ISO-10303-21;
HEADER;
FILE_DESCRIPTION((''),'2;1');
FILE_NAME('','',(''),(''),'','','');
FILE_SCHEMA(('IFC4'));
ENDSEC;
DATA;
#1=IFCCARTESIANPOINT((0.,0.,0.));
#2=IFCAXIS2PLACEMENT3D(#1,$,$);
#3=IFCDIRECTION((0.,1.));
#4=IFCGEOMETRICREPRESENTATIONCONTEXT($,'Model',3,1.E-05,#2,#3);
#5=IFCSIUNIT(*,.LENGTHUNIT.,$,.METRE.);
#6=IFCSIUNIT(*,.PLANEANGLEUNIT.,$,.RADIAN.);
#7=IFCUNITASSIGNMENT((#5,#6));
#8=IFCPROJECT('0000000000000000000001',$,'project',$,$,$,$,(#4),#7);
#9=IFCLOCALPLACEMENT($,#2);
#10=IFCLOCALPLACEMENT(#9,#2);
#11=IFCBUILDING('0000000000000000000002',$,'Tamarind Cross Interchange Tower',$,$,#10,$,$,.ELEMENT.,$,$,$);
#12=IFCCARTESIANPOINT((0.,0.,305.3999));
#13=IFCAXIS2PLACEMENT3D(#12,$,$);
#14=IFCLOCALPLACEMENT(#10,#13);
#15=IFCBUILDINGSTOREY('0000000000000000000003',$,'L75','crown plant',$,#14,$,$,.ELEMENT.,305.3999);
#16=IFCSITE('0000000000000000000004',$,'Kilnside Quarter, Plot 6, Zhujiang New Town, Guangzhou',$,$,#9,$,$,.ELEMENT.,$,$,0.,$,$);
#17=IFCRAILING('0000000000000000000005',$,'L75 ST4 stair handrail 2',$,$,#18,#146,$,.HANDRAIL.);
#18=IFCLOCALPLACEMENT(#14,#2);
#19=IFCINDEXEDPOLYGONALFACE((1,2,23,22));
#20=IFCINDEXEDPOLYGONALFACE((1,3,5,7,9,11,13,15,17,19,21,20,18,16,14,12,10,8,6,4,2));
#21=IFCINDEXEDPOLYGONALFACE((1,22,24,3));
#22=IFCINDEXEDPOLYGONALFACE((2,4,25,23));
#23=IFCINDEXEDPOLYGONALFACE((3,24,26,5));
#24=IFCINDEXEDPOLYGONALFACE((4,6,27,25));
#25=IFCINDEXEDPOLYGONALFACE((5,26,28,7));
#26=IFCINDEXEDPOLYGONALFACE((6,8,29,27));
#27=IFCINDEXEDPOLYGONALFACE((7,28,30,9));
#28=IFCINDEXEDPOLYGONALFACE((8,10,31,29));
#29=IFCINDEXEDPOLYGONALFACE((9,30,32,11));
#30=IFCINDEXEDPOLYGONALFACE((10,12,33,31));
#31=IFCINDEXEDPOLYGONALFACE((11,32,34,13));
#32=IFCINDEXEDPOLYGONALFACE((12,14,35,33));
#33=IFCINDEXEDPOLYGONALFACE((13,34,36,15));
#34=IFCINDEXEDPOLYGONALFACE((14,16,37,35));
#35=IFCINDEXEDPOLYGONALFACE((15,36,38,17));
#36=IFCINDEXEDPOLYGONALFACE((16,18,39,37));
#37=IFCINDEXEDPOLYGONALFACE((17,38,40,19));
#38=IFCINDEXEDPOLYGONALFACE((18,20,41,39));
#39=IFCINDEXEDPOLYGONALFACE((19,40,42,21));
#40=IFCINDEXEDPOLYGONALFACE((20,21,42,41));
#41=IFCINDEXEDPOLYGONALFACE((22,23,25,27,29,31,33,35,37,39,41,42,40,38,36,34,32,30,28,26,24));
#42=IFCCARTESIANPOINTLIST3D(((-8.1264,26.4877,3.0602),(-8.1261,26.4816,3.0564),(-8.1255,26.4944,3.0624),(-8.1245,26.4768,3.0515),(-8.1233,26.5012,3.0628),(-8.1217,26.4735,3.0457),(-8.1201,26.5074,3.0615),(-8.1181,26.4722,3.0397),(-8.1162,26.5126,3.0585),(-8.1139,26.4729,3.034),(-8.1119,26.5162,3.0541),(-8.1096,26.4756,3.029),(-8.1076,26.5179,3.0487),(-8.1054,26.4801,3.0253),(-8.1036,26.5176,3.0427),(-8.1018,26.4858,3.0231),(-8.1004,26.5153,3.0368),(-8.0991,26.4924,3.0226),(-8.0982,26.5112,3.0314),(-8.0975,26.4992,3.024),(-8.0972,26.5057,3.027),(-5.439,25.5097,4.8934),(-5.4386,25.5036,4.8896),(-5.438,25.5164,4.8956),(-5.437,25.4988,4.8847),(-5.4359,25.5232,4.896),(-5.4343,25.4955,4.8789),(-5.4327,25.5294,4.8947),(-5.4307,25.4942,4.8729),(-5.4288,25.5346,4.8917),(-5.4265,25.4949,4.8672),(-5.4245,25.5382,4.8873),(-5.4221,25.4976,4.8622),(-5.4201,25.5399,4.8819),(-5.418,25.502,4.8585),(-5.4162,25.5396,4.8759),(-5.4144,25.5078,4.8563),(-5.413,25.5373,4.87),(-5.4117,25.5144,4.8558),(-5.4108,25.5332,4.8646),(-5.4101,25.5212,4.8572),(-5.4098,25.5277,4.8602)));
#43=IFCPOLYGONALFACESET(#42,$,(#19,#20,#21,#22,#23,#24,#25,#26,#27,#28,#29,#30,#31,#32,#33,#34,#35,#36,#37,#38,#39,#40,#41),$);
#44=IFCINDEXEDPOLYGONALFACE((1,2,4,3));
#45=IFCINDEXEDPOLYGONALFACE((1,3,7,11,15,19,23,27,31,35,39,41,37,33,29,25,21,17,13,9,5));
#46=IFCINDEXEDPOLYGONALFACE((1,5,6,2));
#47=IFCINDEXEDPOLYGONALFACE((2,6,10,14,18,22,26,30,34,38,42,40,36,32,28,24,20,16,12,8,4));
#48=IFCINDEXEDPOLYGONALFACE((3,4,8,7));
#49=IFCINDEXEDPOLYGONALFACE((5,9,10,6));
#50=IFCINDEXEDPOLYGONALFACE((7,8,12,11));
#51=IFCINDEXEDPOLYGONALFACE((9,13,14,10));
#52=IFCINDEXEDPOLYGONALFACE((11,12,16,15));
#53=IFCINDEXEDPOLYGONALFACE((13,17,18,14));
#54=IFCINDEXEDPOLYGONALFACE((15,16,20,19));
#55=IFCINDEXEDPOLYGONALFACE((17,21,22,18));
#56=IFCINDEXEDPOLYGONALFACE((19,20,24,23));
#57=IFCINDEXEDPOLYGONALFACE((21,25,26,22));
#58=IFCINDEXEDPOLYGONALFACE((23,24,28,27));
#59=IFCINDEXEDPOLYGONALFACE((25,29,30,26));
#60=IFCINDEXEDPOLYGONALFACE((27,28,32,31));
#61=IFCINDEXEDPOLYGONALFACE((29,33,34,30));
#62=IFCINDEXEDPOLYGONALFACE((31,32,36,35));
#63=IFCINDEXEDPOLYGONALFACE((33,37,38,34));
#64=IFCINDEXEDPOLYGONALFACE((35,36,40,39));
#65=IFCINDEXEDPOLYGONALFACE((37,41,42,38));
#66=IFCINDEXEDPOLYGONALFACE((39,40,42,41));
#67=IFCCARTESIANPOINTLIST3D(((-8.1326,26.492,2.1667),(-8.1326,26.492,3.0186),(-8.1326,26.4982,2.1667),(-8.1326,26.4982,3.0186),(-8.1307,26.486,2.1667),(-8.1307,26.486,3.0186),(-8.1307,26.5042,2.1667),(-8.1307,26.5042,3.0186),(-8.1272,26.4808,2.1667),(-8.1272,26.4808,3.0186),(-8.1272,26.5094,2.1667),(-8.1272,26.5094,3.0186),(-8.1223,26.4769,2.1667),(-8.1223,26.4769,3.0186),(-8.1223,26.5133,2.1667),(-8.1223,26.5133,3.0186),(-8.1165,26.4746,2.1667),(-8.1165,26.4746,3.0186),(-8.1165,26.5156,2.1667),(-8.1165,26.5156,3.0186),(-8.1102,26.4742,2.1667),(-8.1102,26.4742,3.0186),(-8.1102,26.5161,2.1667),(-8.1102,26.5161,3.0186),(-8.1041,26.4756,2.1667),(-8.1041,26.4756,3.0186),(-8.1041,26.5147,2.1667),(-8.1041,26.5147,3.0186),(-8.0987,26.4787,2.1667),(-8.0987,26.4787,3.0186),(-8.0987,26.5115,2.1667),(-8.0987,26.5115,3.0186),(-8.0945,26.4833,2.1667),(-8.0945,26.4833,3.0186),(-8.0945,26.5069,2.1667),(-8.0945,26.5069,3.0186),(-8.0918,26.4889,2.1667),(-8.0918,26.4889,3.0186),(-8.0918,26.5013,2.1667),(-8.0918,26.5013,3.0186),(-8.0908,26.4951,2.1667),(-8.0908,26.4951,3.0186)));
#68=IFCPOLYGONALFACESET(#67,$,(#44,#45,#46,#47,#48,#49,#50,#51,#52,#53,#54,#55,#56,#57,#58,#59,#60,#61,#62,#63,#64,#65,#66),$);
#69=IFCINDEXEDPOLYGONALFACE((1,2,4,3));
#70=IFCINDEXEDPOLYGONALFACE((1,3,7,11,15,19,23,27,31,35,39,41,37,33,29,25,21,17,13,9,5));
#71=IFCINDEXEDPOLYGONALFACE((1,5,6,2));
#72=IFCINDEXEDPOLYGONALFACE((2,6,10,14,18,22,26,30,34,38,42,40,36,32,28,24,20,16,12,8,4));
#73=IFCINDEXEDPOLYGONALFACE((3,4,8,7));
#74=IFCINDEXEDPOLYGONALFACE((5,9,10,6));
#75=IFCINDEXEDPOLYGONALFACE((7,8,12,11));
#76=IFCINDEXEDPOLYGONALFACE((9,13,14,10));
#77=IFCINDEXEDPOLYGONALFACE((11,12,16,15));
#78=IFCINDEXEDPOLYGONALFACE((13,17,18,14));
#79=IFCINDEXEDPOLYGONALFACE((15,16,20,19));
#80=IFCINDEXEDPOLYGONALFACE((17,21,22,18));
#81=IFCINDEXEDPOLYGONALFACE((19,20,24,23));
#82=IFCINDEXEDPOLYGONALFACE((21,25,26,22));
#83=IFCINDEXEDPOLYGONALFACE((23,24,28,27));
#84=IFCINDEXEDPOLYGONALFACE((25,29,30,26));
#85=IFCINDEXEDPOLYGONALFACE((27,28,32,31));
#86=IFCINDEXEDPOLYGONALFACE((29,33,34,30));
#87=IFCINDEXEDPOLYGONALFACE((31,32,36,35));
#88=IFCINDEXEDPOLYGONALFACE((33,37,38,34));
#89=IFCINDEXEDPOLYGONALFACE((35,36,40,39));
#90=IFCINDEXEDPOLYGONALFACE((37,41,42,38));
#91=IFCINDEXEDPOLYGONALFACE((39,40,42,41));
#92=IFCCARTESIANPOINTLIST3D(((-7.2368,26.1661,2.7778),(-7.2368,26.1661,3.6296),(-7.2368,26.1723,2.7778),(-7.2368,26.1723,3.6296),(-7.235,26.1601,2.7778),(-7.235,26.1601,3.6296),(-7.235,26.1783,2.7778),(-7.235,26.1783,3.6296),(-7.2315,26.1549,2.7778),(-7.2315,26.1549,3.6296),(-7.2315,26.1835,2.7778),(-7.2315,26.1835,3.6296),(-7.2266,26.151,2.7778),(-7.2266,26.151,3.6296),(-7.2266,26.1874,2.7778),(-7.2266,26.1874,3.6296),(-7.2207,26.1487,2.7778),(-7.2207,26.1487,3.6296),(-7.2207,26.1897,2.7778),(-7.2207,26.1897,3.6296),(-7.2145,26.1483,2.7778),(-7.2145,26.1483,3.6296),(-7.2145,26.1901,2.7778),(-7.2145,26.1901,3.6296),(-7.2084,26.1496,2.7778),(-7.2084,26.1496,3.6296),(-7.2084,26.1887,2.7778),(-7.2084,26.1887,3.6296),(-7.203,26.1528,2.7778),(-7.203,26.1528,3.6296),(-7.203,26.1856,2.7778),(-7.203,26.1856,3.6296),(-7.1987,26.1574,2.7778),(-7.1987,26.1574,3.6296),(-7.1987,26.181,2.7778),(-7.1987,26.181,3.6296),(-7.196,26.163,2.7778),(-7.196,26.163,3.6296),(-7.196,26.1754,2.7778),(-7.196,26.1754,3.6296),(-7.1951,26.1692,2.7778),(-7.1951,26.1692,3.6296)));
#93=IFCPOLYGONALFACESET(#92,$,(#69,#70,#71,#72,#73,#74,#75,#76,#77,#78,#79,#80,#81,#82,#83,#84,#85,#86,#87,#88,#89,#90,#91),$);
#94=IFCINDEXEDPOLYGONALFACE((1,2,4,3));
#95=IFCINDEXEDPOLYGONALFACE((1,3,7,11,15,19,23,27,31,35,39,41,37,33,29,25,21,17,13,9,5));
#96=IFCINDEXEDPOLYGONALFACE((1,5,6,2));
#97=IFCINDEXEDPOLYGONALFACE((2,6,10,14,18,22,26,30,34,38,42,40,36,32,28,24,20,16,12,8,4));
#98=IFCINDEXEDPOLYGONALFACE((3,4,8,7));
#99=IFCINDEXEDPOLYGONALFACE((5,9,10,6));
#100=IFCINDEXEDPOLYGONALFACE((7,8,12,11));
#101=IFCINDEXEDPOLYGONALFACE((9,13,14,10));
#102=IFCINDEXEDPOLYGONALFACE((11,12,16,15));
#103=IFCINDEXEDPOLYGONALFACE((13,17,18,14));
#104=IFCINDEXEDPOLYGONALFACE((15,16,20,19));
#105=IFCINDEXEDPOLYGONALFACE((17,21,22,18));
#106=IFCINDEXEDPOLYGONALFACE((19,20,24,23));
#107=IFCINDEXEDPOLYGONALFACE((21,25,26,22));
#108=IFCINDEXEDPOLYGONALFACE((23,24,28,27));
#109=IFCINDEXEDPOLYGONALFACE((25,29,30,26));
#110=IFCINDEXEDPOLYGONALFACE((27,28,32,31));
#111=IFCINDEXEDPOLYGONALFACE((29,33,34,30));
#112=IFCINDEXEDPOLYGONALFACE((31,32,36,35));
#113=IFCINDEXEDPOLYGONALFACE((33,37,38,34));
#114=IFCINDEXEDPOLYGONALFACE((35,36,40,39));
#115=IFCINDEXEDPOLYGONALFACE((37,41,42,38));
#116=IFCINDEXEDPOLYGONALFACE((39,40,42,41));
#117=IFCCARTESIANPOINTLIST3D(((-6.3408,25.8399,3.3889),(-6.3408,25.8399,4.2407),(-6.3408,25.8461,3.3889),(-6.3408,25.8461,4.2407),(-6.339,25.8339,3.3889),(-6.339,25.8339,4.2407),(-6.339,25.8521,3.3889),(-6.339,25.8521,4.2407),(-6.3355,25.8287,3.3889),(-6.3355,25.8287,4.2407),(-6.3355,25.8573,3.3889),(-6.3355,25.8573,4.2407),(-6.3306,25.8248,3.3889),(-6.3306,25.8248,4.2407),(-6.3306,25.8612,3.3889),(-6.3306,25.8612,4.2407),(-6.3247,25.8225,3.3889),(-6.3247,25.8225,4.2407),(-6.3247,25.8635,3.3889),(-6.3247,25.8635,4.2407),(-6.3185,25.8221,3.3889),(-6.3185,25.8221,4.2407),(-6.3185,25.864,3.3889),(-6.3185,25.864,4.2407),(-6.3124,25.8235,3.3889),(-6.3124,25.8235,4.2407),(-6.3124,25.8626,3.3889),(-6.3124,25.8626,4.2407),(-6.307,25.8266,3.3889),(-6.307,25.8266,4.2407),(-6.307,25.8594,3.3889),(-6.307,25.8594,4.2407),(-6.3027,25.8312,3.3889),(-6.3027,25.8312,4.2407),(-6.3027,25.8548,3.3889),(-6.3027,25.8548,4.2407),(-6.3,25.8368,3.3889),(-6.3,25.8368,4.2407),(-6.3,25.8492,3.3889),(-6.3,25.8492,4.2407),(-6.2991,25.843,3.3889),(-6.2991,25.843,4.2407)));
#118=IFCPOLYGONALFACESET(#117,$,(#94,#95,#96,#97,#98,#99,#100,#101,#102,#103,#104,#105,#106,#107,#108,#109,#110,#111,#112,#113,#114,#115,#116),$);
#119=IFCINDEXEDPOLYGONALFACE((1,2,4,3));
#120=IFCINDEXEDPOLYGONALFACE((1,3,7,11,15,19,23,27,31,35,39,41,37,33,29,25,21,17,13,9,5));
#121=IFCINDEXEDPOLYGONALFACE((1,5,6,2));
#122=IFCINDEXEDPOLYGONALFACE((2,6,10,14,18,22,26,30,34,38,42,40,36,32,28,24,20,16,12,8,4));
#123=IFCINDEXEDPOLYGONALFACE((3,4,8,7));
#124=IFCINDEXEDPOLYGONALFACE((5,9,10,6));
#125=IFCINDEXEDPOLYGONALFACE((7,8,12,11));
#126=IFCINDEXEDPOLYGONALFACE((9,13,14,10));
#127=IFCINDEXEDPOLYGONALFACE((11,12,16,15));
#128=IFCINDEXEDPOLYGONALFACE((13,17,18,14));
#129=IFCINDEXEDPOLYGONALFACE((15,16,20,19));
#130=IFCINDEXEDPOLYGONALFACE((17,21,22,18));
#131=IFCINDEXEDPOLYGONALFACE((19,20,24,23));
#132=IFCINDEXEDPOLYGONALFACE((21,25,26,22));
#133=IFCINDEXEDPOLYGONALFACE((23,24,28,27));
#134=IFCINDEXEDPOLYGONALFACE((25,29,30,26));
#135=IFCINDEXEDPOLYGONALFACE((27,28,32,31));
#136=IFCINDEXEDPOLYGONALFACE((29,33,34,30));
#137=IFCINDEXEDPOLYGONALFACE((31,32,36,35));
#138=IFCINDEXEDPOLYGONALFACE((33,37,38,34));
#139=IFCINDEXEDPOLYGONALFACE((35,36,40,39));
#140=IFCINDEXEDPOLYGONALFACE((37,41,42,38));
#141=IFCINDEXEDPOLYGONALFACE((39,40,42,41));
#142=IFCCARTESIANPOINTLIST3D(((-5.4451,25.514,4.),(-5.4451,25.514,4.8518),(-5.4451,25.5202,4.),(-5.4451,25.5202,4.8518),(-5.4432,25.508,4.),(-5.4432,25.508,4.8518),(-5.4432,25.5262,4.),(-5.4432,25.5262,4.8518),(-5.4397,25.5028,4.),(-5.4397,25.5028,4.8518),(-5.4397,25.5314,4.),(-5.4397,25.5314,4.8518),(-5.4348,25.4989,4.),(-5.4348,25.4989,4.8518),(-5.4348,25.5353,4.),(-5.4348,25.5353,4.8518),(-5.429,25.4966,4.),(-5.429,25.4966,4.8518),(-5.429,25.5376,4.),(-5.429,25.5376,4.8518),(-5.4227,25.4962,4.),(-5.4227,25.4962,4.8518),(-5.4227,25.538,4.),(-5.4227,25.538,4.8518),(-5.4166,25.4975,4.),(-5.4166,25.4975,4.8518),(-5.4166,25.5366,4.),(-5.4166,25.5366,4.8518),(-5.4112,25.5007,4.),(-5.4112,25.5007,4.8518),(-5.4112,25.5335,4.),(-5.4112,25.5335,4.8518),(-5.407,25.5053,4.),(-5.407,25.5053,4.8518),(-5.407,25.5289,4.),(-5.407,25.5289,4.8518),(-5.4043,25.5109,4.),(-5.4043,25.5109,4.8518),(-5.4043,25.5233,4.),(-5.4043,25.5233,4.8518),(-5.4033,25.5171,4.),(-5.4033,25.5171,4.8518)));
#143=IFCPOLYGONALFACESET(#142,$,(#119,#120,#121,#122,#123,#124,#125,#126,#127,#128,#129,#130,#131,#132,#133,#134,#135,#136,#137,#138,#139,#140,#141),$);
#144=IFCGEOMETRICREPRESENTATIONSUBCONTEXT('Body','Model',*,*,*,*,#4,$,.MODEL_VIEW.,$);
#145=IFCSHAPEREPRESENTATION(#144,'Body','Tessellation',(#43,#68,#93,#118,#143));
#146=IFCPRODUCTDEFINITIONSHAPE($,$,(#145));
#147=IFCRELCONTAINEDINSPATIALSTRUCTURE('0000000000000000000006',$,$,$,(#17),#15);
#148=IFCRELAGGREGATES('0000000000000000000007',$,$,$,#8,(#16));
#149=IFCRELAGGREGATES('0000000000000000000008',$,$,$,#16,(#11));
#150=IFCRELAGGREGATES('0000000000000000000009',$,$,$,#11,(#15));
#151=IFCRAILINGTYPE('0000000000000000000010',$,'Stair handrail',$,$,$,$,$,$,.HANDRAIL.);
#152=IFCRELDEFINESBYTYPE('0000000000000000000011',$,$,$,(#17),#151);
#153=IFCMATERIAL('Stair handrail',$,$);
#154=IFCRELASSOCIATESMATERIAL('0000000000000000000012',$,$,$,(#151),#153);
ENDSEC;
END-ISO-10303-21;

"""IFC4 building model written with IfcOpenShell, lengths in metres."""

from ifc_helpers import new_model, si_unit, direction, frame, origin, origin_2d, place, context, subcontext, project, spatial, circle, extrude, material, type_object, element, save


model = new_model("IFC4")

# Units and contexts
model_context = context("Model", 3, precision=1e-05, world=origin(), true_north=direction((0.0, 1.0)))
body_context = subcontext(model_context, "Body", "Model", "MODEL_VIEW")
ifc_project = project(units=[si_unit("LENGTHUNIT", "METRE"), si_unit("PLANEANGLEUNIT", "RADIAN")], contexts=[model_context])

# Site, building, storey
site_placement = place(None, origin())
site = spatial("IfcSite", under=ifc_project, at=site_placement, Name="Kilnside Quarter, Plot 6, Zhujiang New Town, Guangzhou", CompositionType="ELEMENT", RefElevation=0.0)
building_placement = place(site_placement, origin())
building = spatial("IfcBuilding", under=site, at=building_placement, Name="Tamarind Cross Interchange Tower", CompositionType="ELEMENT")
storey_placement = place(building_placement, frame((0.0, 0.0, 305.3999)))
storey = spatial("IfcBuildingStorey", under=building, at=storey_placement, Name="L75", Description="crown plant", CompositionType="ELEMENT", Elevation=305.3999)

# Railing
ifc_material_1 = material(Name="Stair handrail")
railing_type_1 = type_object("IfcRailingType", Name="Stair handrail", PredefinedType="HANDRAIL", material=ifc_material_1)
railing_1_placement = place(storey_placement, frame((-8.1118, 26.4951, 2.1667)))
element("IfcRailing", 1, at=railing_1_placement, inside=storey, type_object=railing_type_1, Name="L75 ST4 stair handrail 2", PredefinedType="HANDRAIL", context=body_context, shape_type="SweptSolid", body=[
    extrude(circle(Radius=0.0239, at=origin_2d()), frame((0.0, 0.0, 0.876), z_axis=(0.791126, -0.287904, 0.539659), x_axis=(0.341976, 0.939709, 0.0)), (0.0, 0.0, 1.0), 3.397),
    extrude(circle(Radius=0.021, at=origin_2d()), origin(), (0.0, 0.0, 1.0), 0.8518),
    extrude(circle(Radius=0.021, at=origin_2d()), frame((0.8958, -0.3259, 0.6111)), (0.0, 0.0, 1.0), 0.8518),
    extrude(circle(Radius=0.021, at=origin_2d()), frame((1.7917, -0.6521, 1.2222)), (0.0, 0.0, 1.0), 0.8518),
    extrude(circle(Radius=0.021, at=origin_2d()), frame((2.6875, -0.978, 1.8333)), (0.0, 0.0, 1.0), 0.8518),
])

save(model, "model.ifc")
